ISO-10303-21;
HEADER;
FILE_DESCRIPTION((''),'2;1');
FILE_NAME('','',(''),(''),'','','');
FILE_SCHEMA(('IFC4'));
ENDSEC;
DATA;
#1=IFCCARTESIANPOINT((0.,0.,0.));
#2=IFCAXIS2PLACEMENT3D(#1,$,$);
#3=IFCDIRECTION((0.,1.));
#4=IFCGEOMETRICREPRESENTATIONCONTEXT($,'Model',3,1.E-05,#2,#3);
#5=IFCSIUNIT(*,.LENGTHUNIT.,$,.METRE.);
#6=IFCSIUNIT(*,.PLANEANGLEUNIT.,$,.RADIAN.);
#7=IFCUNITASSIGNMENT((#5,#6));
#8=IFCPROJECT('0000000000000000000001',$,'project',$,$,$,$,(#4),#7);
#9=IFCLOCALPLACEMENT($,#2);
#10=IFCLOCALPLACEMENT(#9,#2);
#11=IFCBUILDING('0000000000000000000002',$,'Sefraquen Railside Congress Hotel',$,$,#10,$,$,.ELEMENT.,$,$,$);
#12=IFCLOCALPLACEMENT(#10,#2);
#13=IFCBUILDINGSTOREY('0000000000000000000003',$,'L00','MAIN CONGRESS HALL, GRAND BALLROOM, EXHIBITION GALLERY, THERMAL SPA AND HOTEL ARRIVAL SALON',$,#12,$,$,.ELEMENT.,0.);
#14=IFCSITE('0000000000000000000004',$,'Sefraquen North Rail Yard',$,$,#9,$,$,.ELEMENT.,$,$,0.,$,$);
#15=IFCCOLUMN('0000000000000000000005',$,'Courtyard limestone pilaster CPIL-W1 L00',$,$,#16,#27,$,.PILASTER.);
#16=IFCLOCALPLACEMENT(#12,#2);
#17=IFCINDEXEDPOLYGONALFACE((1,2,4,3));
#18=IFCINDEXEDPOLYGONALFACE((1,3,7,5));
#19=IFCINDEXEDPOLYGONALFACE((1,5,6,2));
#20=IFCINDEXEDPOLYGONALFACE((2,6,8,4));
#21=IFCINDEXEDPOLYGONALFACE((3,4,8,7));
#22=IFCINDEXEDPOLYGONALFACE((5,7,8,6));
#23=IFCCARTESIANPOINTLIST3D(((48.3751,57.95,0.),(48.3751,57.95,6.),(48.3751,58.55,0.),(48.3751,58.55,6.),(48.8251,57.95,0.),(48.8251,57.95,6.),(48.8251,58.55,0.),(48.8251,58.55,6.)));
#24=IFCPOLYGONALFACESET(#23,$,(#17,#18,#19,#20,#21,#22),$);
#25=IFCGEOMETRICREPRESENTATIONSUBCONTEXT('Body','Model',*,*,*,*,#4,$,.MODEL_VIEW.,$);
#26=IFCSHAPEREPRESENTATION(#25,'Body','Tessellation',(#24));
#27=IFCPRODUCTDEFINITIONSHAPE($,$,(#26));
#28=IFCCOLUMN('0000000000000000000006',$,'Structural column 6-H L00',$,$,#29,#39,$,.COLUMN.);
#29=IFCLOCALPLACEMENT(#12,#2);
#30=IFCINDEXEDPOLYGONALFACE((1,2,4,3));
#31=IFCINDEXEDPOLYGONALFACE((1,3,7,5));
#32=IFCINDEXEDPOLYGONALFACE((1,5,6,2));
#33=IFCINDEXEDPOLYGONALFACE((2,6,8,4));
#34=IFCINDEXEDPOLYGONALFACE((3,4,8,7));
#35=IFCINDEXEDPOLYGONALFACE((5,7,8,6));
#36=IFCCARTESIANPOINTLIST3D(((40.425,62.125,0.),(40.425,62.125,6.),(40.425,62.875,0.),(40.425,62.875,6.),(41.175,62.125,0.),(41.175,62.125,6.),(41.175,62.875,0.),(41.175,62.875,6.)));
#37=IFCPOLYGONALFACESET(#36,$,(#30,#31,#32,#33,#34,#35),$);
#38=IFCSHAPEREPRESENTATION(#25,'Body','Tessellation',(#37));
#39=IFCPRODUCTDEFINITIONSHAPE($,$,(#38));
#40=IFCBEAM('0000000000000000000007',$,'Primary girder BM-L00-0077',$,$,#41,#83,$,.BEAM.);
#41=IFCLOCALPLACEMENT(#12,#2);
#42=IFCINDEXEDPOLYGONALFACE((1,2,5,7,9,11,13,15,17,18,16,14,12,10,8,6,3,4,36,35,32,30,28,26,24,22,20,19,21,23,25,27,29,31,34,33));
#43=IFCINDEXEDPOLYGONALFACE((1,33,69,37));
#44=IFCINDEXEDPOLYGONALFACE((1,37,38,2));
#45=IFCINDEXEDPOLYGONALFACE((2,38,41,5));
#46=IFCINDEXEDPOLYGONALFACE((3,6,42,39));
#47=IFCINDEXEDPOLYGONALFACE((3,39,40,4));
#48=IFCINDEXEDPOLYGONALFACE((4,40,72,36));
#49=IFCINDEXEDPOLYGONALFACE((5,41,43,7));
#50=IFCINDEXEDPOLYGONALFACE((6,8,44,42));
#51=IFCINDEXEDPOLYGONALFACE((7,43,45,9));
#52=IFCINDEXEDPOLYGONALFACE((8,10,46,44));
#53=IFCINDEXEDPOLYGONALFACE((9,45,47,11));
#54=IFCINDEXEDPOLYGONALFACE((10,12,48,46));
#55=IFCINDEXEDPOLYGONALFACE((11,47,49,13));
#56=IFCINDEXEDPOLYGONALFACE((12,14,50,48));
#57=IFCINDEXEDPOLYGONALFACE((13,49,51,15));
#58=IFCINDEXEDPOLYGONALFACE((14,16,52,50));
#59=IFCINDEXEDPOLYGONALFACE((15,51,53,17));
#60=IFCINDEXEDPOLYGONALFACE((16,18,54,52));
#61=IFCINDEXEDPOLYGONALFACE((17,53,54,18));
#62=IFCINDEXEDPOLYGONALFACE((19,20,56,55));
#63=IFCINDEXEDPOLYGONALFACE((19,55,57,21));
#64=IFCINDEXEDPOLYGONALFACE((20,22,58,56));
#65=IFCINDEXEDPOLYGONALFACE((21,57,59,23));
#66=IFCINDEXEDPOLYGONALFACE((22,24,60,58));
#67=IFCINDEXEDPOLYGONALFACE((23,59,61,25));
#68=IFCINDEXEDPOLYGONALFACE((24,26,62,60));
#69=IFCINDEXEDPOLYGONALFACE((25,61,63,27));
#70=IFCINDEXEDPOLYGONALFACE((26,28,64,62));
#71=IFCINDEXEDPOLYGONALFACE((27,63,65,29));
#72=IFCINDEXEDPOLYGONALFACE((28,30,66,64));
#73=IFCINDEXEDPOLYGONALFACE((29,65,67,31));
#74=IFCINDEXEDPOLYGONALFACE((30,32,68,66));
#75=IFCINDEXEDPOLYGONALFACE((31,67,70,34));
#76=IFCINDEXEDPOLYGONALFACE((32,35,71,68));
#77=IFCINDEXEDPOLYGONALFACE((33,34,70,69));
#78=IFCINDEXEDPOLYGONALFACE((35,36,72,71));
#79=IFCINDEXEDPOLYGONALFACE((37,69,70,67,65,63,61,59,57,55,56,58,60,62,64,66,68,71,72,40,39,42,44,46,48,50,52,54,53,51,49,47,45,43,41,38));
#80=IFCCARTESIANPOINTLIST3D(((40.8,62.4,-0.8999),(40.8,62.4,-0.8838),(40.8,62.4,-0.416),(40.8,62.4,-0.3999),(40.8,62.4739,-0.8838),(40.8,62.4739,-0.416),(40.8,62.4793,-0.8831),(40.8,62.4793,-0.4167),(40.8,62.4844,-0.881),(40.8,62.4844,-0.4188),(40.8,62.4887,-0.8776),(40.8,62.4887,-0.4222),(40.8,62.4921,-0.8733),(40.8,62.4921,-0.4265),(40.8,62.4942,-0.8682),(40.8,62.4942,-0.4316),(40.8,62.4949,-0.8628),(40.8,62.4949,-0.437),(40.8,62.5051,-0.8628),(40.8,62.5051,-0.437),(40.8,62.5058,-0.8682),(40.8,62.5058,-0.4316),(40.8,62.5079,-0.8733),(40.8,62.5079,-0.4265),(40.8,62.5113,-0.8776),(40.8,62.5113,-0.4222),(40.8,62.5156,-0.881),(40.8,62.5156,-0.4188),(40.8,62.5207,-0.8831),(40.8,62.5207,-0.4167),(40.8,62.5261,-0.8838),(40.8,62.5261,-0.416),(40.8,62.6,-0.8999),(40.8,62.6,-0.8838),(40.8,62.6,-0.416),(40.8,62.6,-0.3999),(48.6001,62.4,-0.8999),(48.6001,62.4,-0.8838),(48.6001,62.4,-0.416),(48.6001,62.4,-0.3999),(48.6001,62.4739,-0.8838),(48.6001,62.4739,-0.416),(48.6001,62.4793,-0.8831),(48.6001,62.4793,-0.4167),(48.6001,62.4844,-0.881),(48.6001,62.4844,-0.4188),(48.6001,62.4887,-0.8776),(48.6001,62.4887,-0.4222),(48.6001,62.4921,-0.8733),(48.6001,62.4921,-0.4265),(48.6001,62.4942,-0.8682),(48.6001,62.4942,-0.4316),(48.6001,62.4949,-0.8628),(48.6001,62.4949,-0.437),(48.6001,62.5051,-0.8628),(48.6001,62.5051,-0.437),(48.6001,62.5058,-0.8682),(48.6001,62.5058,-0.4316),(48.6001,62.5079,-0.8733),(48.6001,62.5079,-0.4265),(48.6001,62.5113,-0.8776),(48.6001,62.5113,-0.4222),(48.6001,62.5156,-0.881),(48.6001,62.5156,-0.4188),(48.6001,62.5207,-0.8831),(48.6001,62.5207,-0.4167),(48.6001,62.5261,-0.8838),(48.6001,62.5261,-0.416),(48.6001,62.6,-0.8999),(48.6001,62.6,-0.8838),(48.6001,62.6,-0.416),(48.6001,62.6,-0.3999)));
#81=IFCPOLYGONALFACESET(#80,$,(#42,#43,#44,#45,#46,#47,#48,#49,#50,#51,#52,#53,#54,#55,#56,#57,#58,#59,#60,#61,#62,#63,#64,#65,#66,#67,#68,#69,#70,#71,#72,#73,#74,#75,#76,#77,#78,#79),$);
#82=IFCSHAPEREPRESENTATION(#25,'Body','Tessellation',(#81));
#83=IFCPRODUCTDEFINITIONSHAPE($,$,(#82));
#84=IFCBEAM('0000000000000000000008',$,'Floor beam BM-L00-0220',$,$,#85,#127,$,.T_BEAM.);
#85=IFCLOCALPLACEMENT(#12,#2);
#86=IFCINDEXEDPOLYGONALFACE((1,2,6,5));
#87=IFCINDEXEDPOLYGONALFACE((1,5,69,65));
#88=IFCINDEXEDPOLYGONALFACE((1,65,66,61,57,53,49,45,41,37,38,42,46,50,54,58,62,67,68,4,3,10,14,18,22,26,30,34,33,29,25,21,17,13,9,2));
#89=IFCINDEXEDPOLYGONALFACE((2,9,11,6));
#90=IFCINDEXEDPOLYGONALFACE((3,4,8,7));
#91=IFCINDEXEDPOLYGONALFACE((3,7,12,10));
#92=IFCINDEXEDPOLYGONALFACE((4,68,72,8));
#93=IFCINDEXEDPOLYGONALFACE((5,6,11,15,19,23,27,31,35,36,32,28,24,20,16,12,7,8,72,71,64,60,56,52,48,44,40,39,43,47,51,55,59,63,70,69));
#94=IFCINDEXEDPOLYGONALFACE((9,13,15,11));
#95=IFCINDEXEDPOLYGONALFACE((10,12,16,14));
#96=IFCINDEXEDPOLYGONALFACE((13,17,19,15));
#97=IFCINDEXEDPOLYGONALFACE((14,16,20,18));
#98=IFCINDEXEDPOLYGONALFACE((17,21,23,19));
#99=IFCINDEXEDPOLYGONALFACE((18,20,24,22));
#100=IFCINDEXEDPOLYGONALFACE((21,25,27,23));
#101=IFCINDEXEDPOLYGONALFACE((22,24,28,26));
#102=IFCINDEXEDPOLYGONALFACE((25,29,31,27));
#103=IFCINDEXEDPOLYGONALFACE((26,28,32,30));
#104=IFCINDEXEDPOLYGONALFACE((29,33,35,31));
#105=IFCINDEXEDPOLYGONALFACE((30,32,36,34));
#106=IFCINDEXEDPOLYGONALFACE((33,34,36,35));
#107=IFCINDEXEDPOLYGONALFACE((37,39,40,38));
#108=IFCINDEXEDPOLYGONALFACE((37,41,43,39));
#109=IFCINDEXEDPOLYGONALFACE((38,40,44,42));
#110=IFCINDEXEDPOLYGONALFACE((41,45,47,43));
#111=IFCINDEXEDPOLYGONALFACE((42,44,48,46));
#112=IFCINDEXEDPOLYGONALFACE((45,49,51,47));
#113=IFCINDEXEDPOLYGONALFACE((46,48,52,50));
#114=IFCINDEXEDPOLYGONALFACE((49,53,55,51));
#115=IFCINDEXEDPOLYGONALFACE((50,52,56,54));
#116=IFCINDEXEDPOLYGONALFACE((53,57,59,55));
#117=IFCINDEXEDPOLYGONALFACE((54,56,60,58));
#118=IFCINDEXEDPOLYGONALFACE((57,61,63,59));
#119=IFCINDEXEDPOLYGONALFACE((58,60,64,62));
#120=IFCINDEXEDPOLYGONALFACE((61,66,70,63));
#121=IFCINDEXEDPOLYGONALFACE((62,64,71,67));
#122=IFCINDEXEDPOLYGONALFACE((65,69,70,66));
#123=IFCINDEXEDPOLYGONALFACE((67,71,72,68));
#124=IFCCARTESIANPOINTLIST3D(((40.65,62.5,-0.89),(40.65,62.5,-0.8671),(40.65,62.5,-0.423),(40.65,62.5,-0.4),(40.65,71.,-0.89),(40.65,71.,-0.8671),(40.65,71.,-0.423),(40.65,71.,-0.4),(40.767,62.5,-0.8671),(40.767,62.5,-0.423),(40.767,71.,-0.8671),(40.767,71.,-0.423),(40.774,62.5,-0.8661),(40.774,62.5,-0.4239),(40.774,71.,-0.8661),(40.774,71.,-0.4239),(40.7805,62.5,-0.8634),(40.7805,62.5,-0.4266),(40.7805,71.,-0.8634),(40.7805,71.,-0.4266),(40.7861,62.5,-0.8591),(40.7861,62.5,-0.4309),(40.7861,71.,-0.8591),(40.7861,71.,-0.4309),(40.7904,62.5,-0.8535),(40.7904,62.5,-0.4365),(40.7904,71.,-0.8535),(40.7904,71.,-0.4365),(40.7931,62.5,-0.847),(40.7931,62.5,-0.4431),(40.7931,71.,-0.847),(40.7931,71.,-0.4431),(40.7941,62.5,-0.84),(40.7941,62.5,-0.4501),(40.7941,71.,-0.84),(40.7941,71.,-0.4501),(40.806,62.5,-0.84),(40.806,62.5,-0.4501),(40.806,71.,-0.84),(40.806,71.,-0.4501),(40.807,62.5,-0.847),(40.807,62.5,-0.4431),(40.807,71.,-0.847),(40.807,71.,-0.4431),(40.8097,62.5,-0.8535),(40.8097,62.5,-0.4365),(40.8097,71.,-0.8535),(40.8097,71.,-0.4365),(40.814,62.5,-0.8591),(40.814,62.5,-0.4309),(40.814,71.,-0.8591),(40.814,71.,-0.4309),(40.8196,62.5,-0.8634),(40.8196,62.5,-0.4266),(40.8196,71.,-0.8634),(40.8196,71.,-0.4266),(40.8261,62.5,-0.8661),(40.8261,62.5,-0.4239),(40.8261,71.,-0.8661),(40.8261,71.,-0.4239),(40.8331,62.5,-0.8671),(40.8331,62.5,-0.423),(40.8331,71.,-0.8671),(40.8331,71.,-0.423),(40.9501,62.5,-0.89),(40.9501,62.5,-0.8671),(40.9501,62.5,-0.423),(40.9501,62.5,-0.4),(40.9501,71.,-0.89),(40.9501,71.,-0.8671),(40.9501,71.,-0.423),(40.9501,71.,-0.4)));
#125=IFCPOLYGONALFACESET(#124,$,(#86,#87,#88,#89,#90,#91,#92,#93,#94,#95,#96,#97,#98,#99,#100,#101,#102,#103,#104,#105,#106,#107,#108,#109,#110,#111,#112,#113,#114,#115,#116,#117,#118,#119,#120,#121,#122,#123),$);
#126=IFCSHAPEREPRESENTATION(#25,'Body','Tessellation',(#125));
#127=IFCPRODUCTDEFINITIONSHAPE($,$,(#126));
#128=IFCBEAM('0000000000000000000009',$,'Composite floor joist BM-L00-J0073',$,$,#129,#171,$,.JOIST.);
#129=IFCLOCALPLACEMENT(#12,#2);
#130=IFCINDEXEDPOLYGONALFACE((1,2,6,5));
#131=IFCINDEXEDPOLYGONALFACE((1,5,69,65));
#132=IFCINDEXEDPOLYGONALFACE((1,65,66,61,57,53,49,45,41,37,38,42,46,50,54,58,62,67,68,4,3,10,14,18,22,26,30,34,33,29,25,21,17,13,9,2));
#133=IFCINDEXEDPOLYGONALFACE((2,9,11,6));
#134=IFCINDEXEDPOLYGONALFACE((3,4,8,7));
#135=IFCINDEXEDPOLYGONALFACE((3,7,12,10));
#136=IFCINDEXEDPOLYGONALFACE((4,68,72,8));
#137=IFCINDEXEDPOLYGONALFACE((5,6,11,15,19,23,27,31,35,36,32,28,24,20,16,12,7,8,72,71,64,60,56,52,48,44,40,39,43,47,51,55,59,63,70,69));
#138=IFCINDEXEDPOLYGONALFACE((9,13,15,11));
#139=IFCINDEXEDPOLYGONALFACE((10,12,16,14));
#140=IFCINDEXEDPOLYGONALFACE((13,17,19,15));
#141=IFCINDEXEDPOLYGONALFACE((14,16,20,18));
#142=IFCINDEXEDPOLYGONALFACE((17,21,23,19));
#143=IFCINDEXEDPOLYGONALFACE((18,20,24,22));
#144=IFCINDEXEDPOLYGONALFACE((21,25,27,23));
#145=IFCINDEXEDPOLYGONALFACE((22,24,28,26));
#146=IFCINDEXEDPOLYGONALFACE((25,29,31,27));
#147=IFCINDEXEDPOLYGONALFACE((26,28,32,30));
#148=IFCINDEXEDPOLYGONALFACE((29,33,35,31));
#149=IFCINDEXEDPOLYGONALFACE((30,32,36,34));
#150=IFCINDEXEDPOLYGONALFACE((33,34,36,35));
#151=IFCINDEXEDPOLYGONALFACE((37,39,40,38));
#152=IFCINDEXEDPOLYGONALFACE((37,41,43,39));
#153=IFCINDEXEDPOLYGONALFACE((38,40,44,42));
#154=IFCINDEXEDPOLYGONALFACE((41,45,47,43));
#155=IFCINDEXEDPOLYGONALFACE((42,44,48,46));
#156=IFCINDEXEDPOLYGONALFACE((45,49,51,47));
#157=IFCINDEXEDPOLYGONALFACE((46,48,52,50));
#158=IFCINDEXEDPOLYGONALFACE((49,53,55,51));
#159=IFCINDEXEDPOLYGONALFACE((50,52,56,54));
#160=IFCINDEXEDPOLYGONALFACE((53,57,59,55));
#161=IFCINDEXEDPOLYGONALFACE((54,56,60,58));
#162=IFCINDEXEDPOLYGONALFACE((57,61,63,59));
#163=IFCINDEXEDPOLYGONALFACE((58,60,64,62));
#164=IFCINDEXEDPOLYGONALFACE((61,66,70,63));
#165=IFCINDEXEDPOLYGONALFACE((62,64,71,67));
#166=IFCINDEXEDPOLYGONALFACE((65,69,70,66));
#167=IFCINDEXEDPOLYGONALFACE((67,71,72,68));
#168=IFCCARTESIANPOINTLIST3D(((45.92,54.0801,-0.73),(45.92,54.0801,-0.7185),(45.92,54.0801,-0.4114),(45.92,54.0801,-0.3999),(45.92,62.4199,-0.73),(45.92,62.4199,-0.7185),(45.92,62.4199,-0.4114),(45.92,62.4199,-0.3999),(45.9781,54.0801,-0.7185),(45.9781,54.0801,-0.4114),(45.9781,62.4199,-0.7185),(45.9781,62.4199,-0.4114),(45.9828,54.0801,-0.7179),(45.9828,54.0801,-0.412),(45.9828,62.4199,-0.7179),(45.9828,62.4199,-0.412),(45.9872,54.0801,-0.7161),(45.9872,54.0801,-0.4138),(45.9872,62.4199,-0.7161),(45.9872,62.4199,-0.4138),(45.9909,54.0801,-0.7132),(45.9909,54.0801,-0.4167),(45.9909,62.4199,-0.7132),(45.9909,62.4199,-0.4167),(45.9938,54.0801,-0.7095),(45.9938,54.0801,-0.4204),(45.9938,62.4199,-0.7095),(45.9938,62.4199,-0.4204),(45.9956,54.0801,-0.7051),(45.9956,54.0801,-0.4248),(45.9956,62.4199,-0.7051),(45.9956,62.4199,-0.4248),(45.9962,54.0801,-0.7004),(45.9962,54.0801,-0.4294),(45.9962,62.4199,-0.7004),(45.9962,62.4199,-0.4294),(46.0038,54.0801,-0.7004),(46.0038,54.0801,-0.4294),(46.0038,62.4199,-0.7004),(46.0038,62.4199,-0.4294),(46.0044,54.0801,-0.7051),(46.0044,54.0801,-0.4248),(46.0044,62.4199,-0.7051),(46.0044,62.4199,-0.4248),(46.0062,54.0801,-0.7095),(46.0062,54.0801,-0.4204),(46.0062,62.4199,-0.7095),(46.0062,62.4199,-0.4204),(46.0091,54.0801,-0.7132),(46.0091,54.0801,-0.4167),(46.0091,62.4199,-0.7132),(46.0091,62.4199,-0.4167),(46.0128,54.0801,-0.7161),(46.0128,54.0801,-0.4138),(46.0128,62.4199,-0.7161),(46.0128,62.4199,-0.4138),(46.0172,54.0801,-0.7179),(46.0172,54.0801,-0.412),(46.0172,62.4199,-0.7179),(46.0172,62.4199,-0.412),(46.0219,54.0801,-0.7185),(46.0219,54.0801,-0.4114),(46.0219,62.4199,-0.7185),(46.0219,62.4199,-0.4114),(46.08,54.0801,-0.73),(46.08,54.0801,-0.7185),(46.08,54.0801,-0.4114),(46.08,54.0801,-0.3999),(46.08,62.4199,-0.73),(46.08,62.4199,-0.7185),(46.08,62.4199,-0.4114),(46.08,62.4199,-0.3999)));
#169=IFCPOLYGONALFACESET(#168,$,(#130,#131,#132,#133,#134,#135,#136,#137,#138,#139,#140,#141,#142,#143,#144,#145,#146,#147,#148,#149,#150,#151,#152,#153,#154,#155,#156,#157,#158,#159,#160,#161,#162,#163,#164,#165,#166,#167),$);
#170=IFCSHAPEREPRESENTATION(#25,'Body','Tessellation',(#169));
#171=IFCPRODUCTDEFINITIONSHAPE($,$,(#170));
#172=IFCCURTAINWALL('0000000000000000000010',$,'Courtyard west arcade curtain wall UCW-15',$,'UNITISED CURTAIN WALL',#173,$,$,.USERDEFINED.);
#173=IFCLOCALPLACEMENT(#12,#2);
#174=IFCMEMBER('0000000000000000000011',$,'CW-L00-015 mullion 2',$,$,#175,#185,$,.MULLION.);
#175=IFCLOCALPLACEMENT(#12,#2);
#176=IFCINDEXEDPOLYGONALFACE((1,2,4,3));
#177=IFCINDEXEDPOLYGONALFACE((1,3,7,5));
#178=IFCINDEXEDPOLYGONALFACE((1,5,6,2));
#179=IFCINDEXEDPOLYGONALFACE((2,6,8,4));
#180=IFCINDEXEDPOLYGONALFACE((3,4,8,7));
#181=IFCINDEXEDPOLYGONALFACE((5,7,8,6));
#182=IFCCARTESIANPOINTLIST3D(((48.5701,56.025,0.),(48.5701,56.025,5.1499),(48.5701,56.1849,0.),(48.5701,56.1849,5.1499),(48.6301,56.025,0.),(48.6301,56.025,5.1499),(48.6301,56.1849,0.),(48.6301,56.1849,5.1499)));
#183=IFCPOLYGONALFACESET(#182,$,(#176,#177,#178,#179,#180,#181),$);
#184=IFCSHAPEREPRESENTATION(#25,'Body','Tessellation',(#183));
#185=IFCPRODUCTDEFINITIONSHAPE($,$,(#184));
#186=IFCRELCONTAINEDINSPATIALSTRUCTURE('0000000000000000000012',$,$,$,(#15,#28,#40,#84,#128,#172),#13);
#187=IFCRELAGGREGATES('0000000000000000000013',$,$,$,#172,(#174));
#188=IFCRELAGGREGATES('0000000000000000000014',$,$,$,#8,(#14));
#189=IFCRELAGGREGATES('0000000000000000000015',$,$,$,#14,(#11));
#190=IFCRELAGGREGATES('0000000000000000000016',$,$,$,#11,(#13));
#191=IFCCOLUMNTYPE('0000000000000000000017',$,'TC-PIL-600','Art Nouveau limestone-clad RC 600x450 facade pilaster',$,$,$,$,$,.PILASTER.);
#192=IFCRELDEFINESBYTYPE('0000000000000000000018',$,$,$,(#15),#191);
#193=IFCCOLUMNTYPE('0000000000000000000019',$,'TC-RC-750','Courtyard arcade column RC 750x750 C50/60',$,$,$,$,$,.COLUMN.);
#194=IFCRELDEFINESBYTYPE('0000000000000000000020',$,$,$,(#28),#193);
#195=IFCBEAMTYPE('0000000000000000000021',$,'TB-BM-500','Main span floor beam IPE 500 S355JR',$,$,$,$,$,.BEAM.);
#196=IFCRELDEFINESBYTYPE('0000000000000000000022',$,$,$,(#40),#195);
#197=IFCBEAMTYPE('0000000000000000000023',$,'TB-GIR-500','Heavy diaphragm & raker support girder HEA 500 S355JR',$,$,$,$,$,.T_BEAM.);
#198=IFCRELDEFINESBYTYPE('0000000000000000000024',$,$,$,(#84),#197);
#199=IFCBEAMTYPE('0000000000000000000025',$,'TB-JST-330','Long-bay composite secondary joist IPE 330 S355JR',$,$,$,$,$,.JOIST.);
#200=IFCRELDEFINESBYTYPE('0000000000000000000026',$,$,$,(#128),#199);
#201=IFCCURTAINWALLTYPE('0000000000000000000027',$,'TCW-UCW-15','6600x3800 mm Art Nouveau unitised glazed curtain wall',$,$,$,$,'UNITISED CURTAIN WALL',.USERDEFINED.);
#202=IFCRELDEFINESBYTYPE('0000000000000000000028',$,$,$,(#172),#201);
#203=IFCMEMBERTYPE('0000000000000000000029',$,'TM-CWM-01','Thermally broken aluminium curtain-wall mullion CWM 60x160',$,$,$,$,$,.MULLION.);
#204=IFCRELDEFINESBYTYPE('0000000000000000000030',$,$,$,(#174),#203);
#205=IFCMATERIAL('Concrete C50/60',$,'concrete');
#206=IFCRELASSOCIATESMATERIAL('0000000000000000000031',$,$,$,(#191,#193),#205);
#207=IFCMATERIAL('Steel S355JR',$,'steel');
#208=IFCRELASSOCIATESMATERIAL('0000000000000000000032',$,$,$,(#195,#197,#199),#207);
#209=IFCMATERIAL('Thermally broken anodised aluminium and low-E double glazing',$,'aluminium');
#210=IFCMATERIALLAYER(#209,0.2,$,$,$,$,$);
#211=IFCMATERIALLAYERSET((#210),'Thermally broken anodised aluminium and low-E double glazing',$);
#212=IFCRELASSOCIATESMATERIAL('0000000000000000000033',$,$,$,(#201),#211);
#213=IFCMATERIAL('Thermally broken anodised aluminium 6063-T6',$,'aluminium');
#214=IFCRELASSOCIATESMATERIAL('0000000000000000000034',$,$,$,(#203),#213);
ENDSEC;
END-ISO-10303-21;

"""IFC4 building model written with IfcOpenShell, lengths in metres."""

from ifc_helpers import new_model, si_unit, direction, frame, origin, origin_2d, place, context, subcontext, project, spatial, rectangle, i_section, extrude, material, layer, layer_set, material_profile, profile_set, type_object, element, aggregate, save


model = new_model("IFC4")

# Units and contexts
model_context = context("Model", 3, precision=1e-05, world=origin(), true_north=direction((0.0, 1.0)))
body_context = subcontext(model_context, "Body", "Model", "MODEL_VIEW")
ifc_project = project(units=[si_unit("LENGTHUNIT", "METRE"), si_unit("PLANEANGLEUNIT", "RADIAN")], contexts=[model_context])

# Site, building, storey
site_placement = place(None, origin())
site = spatial("IfcSite", under=ifc_project, at=site_placement, Name="Sefraquen North Rail Yard", CompositionType="ELEMENT", RefElevation=0.0)
building_placement = place(site_placement, origin())
building = spatial("IfcBuilding", under=site, at=building_placement, Name="Sefraquen Railside Congress Hotel", CompositionType="ELEMENT")
storey_placement = place(building_placement, origin())
storey = spatial("IfcBuildingStorey", under=building, at=storey_placement, Name="L00", Description="MAIN CONGRESS HALL, GRAND BALLROOM, EXHIBITION GALLERY, THERMAL SPA AND HOTEL ARRIVAL SALON", CompositionType="ELEMENT", Elevation=0.0)

# Columns
ifc_material_1 = material(Name="Concrete C50/60", Category="concrete")
ifc_material_profile_1 = material_profile(ifc_material_1, rectangle(XDim=0.45, YDim=0.6001, at=origin_2d()), Name="RC 600x450")
ifc_profile_set_1 = profile_set([ifc_material_profile_1], Name="Concrete C50/60")
column_type_1 = type_object("IfcColumnType", Name="TC-PIL-600", Description="Art Nouveau limestone-clad RC 600x450 facade pilaster", PredefinedType="PILASTER", material=ifc_profile_set_1)
column_1_placement = place(storey_placement, frame((48.6001, 58.25, 0.0), z_axis=(0.0, 0.0, 1.0), x_axis=(1.0, 0.0, 0.0)))
element("IfcColumn", 1, at=column_1_placement, inside=storey, type_object=column_type_1, Name="Courtyard limestone pilaster CPIL-W1 L00", PredefinedType="PILASTER", context=body_context, shape_type="SweptSolid", body=[
    extrude(rectangle(XDim=0.45, YDim=0.6001, at=origin_2d()), origin(), (0.0, 0.0, 1.0), 6.0),
])
ifc_material_profile_2 = material_profile(ifc_material_1, rectangle(XDim=0.75, YDim=0.75, at=origin_2d()), Name="RC 750x750")
ifc_profile_set_2 = profile_set([ifc_material_profile_2], Name="Concrete C50/60")
column_type_2 = type_object("IfcColumnType", Name="TC-RC-750", Description="Courtyard arcade column RC 750x750 C50/60", PredefinedType="COLUMN", material=ifc_profile_set_2)
column_2_placement = place(storey_placement, frame((40.8, 62.5, 0.0), z_axis=(0.0, 0.0, 1.0), x_axis=(1.0, 0.0, 0.0)))
element("IfcColumn", 2, at=column_2_placement, inside=storey, type_object=column_type_2, Name="Structural column 6-H L00", PredefinedType="COLUMN", context=body_context, shape_type="SweptSolid", body=[
    extrude(rectangle(XDim=0.75, YDim=0.75, at=origin_2d()), origin(), (0.0, 0.0, 1.0), 6.0),
])

# Beams
ifc_material_2 = material(Name="Steel S355JR", Category="steel")
ifc_material_profile_3 = material_profile(ifc_material_2, i_section(OverallWidth=0.2, OverallDepth=0.5, WebThickness=0.0103, FlangeThickness=0.0161, FilletRadius=0.021, at=origin_2d()), Name="IPE 500")
ifc_profile_set_3 = profile_set([ifc_material_profile_3], Name="Steel S355JR")
beam_type_1 = type_object("IfcBeamType", Name="TB-BM-500", Description="Main span floor beam IPE 500 S355JR", PredefinedType="BEAM", material=ifc_profile_set_3)
beam_1_placement = place(storey_placement, frame((40.8, 62.5, -0.6499), z_axis=(1.0, 0.0, 0.0), x_axis=(0.0, 1.0, 0.0)))
element("IfcBeam", 3, at=beam_1_placement, inside=storey, type_object=beam_type_1, Name="Primary girder BM-L00-0077", PredefinedType="BEAM", context=body_context, shape_type="SweptSolid", body=[
    extrude(i_section(OverallWidth=0.2, OverallDepth=0.5, WebThickness=0.0103, FlangeThickness=0.0161, FilletRadius=0.021, at=origin_2d()), origin(), (0.0, 0.0, 1.0), 7.8),
])
ifc_material_profile_4 = material_profile(ifc_material_2, i_section(OverallWidth=0.3, OverallDepth=0.49, WebThickness=0.012, FlangeThickness=0.0229, FilletRadius=0.0271, at=origin_2d()), Name="HEA 500")
ifc_profile_set_4 = profile_set([ifc_material_profile_4], Name="Steel S355JR")
beam_type_2 = type_object("IfcBeamType", Name="TB-GIR-500", Description="Heavy diaphragm & raker support girder HEA 500 S355JR", PredefinedType="T_BEAM", material=ifc_profile_set_4)
beam_2_placement = place(storey_placement, frame((40.8, 62.5, -0.645), z_axis=(0.0, 1.0, 0.0), x_axis=(-1.0, 0.0, 0.0)))
element("IfcBeam", 4, at=beam_2_placement, inside=storey, type_object=beam_type_2, Name="Floor beam BM-L00-0220", PredefinedType="T_BEAM", context=body_context, shape_type="SweptSolid", body=[
    extrude(i_section(OverallWidth=0.3, OverallDepth=0.49, WebThickness=0.012, FlangeThickness=0.0229, FilletRadius=0.0271, at=origin_2d()), origin(), (0.0, 0.0, 1.0), 8.5),
])
ifc_material_profile_5 = material_profile(ifc_material_2, i_section(OverallWidth=0.1599, OverallDepth=0.3301, WebThickness=0.0076, FlangeThickness=0.0115, FilletRadius=0.0181, at=origin_2d()), Name="IPE 330")
ifc_profile_set_5 = profile_set([ifc_material_profile_5], Name="Steel S355JR")
beam_type_3 = type_object("IfcBeamType", Name="TB-JST-330", Description="Long-bay composite secondary joist IPE 330 S355JR", PredefinedType="JOIST", material=ifc_profile_set_5)
beam_3_placement = place(storey_placement, frame((46.0, 54.0801, -0.5649), z_axis=(0.0, 1.0, 0.0), x_axis=(-1.0, 0.0, 0.0)))
element("IfcBeam", 5, at=beam_3_placement, inside=storey, type_object=beam_type_3, Name="Composite floor joist BM-L00-J0073", PredefinedType="JOIST", context=body_context, shape_type="SweptSolid", body=[
    extrude(i_section(OverallWidth=0.1599, OverallDepth=0.3301, WebThickness=0.0076, FlangeThickness=0.0115, FilletRadius=0.0181, at=origin_2d()), origin(), (0.0, 0.0, 1.0), 8.3398),
])

# Curtain wall, member
ifc_material_3 = material(Name="Thermally broken anodised aluminium and low-E double glazing", Category="aluminium")
ifc_layer_1 = layer(ifc_material_3, 0.2)
ifc_layer_set_1 = layer_set([ifc_layer_1], Name="Thermally broken anodised aluminium and low-E double glazing")
curtain_wall_type = type_object("IfcCurtainWallType", Name="TCW-UCW-15", Description="6600x3800 mm Art Nouveau unitised glazed curtain wall", ElementType="UNITISED CURTAIN WALL", PredefinedType="USERDEFINED", material=ifc_layer_set_1)
curtain_wall_1_placement = place(storey_placement, origin())
curtain_wall_1 = element("IfcCurtainWall", 6, at=curtain_wall_1_placement, inside=storey, type_object=curtain_wall_type, Name="Courtyard west arcade curtain wall UCW-15", ObjectType="UNITISED CURTAIN WALL", PredefinedType="USERDEFINED")
ifc_material_4 = material(Name="Thermally broken anodised aluminium 6063-T6", Category="aluminium")
ifc_material_profile_6 = material_profile(ifc_material_4, rectangle(XDim=0.0601, YDim=0.1599, at=origin_2d()), Name="CWM 60x160")
ifc_profile_set_6 = profile_set([ifc_material_profile_6], Name="Thermally broken anodised aluminium 6063-T6")
member_type_1 = type_object("IfcMemberType", Name="TM-CWM-01", Description="Thermally broken aluminium curtain-wall mullion CWM 60x160", PredefinedType="MULLION", material=ifc_profile_set_6)
member_1_placement = place(storey_placement, frame((48.6001, 56.105, 0.0), z_axis=(0.0, 0.0, 1.0), x_axis=(1.0, 0.0, 0.0)))
member_1 = element("IfcMember", 7, at=member_1_placement, type_object=member_type_1, Name="CW-L00-015 mullion 2", PredefinedType="MULLION", context=body_context, shape_type="SweptSolid", body=[
    extrude(rectangle(XDim=0.0601, YDim=0.1599, at=origin_2d()), origin(), (0.0, 0.0, 1.0), 5.1499),
])

aggregate(curtain_wall_1, [member_1])

save(model, "model.ifc")
